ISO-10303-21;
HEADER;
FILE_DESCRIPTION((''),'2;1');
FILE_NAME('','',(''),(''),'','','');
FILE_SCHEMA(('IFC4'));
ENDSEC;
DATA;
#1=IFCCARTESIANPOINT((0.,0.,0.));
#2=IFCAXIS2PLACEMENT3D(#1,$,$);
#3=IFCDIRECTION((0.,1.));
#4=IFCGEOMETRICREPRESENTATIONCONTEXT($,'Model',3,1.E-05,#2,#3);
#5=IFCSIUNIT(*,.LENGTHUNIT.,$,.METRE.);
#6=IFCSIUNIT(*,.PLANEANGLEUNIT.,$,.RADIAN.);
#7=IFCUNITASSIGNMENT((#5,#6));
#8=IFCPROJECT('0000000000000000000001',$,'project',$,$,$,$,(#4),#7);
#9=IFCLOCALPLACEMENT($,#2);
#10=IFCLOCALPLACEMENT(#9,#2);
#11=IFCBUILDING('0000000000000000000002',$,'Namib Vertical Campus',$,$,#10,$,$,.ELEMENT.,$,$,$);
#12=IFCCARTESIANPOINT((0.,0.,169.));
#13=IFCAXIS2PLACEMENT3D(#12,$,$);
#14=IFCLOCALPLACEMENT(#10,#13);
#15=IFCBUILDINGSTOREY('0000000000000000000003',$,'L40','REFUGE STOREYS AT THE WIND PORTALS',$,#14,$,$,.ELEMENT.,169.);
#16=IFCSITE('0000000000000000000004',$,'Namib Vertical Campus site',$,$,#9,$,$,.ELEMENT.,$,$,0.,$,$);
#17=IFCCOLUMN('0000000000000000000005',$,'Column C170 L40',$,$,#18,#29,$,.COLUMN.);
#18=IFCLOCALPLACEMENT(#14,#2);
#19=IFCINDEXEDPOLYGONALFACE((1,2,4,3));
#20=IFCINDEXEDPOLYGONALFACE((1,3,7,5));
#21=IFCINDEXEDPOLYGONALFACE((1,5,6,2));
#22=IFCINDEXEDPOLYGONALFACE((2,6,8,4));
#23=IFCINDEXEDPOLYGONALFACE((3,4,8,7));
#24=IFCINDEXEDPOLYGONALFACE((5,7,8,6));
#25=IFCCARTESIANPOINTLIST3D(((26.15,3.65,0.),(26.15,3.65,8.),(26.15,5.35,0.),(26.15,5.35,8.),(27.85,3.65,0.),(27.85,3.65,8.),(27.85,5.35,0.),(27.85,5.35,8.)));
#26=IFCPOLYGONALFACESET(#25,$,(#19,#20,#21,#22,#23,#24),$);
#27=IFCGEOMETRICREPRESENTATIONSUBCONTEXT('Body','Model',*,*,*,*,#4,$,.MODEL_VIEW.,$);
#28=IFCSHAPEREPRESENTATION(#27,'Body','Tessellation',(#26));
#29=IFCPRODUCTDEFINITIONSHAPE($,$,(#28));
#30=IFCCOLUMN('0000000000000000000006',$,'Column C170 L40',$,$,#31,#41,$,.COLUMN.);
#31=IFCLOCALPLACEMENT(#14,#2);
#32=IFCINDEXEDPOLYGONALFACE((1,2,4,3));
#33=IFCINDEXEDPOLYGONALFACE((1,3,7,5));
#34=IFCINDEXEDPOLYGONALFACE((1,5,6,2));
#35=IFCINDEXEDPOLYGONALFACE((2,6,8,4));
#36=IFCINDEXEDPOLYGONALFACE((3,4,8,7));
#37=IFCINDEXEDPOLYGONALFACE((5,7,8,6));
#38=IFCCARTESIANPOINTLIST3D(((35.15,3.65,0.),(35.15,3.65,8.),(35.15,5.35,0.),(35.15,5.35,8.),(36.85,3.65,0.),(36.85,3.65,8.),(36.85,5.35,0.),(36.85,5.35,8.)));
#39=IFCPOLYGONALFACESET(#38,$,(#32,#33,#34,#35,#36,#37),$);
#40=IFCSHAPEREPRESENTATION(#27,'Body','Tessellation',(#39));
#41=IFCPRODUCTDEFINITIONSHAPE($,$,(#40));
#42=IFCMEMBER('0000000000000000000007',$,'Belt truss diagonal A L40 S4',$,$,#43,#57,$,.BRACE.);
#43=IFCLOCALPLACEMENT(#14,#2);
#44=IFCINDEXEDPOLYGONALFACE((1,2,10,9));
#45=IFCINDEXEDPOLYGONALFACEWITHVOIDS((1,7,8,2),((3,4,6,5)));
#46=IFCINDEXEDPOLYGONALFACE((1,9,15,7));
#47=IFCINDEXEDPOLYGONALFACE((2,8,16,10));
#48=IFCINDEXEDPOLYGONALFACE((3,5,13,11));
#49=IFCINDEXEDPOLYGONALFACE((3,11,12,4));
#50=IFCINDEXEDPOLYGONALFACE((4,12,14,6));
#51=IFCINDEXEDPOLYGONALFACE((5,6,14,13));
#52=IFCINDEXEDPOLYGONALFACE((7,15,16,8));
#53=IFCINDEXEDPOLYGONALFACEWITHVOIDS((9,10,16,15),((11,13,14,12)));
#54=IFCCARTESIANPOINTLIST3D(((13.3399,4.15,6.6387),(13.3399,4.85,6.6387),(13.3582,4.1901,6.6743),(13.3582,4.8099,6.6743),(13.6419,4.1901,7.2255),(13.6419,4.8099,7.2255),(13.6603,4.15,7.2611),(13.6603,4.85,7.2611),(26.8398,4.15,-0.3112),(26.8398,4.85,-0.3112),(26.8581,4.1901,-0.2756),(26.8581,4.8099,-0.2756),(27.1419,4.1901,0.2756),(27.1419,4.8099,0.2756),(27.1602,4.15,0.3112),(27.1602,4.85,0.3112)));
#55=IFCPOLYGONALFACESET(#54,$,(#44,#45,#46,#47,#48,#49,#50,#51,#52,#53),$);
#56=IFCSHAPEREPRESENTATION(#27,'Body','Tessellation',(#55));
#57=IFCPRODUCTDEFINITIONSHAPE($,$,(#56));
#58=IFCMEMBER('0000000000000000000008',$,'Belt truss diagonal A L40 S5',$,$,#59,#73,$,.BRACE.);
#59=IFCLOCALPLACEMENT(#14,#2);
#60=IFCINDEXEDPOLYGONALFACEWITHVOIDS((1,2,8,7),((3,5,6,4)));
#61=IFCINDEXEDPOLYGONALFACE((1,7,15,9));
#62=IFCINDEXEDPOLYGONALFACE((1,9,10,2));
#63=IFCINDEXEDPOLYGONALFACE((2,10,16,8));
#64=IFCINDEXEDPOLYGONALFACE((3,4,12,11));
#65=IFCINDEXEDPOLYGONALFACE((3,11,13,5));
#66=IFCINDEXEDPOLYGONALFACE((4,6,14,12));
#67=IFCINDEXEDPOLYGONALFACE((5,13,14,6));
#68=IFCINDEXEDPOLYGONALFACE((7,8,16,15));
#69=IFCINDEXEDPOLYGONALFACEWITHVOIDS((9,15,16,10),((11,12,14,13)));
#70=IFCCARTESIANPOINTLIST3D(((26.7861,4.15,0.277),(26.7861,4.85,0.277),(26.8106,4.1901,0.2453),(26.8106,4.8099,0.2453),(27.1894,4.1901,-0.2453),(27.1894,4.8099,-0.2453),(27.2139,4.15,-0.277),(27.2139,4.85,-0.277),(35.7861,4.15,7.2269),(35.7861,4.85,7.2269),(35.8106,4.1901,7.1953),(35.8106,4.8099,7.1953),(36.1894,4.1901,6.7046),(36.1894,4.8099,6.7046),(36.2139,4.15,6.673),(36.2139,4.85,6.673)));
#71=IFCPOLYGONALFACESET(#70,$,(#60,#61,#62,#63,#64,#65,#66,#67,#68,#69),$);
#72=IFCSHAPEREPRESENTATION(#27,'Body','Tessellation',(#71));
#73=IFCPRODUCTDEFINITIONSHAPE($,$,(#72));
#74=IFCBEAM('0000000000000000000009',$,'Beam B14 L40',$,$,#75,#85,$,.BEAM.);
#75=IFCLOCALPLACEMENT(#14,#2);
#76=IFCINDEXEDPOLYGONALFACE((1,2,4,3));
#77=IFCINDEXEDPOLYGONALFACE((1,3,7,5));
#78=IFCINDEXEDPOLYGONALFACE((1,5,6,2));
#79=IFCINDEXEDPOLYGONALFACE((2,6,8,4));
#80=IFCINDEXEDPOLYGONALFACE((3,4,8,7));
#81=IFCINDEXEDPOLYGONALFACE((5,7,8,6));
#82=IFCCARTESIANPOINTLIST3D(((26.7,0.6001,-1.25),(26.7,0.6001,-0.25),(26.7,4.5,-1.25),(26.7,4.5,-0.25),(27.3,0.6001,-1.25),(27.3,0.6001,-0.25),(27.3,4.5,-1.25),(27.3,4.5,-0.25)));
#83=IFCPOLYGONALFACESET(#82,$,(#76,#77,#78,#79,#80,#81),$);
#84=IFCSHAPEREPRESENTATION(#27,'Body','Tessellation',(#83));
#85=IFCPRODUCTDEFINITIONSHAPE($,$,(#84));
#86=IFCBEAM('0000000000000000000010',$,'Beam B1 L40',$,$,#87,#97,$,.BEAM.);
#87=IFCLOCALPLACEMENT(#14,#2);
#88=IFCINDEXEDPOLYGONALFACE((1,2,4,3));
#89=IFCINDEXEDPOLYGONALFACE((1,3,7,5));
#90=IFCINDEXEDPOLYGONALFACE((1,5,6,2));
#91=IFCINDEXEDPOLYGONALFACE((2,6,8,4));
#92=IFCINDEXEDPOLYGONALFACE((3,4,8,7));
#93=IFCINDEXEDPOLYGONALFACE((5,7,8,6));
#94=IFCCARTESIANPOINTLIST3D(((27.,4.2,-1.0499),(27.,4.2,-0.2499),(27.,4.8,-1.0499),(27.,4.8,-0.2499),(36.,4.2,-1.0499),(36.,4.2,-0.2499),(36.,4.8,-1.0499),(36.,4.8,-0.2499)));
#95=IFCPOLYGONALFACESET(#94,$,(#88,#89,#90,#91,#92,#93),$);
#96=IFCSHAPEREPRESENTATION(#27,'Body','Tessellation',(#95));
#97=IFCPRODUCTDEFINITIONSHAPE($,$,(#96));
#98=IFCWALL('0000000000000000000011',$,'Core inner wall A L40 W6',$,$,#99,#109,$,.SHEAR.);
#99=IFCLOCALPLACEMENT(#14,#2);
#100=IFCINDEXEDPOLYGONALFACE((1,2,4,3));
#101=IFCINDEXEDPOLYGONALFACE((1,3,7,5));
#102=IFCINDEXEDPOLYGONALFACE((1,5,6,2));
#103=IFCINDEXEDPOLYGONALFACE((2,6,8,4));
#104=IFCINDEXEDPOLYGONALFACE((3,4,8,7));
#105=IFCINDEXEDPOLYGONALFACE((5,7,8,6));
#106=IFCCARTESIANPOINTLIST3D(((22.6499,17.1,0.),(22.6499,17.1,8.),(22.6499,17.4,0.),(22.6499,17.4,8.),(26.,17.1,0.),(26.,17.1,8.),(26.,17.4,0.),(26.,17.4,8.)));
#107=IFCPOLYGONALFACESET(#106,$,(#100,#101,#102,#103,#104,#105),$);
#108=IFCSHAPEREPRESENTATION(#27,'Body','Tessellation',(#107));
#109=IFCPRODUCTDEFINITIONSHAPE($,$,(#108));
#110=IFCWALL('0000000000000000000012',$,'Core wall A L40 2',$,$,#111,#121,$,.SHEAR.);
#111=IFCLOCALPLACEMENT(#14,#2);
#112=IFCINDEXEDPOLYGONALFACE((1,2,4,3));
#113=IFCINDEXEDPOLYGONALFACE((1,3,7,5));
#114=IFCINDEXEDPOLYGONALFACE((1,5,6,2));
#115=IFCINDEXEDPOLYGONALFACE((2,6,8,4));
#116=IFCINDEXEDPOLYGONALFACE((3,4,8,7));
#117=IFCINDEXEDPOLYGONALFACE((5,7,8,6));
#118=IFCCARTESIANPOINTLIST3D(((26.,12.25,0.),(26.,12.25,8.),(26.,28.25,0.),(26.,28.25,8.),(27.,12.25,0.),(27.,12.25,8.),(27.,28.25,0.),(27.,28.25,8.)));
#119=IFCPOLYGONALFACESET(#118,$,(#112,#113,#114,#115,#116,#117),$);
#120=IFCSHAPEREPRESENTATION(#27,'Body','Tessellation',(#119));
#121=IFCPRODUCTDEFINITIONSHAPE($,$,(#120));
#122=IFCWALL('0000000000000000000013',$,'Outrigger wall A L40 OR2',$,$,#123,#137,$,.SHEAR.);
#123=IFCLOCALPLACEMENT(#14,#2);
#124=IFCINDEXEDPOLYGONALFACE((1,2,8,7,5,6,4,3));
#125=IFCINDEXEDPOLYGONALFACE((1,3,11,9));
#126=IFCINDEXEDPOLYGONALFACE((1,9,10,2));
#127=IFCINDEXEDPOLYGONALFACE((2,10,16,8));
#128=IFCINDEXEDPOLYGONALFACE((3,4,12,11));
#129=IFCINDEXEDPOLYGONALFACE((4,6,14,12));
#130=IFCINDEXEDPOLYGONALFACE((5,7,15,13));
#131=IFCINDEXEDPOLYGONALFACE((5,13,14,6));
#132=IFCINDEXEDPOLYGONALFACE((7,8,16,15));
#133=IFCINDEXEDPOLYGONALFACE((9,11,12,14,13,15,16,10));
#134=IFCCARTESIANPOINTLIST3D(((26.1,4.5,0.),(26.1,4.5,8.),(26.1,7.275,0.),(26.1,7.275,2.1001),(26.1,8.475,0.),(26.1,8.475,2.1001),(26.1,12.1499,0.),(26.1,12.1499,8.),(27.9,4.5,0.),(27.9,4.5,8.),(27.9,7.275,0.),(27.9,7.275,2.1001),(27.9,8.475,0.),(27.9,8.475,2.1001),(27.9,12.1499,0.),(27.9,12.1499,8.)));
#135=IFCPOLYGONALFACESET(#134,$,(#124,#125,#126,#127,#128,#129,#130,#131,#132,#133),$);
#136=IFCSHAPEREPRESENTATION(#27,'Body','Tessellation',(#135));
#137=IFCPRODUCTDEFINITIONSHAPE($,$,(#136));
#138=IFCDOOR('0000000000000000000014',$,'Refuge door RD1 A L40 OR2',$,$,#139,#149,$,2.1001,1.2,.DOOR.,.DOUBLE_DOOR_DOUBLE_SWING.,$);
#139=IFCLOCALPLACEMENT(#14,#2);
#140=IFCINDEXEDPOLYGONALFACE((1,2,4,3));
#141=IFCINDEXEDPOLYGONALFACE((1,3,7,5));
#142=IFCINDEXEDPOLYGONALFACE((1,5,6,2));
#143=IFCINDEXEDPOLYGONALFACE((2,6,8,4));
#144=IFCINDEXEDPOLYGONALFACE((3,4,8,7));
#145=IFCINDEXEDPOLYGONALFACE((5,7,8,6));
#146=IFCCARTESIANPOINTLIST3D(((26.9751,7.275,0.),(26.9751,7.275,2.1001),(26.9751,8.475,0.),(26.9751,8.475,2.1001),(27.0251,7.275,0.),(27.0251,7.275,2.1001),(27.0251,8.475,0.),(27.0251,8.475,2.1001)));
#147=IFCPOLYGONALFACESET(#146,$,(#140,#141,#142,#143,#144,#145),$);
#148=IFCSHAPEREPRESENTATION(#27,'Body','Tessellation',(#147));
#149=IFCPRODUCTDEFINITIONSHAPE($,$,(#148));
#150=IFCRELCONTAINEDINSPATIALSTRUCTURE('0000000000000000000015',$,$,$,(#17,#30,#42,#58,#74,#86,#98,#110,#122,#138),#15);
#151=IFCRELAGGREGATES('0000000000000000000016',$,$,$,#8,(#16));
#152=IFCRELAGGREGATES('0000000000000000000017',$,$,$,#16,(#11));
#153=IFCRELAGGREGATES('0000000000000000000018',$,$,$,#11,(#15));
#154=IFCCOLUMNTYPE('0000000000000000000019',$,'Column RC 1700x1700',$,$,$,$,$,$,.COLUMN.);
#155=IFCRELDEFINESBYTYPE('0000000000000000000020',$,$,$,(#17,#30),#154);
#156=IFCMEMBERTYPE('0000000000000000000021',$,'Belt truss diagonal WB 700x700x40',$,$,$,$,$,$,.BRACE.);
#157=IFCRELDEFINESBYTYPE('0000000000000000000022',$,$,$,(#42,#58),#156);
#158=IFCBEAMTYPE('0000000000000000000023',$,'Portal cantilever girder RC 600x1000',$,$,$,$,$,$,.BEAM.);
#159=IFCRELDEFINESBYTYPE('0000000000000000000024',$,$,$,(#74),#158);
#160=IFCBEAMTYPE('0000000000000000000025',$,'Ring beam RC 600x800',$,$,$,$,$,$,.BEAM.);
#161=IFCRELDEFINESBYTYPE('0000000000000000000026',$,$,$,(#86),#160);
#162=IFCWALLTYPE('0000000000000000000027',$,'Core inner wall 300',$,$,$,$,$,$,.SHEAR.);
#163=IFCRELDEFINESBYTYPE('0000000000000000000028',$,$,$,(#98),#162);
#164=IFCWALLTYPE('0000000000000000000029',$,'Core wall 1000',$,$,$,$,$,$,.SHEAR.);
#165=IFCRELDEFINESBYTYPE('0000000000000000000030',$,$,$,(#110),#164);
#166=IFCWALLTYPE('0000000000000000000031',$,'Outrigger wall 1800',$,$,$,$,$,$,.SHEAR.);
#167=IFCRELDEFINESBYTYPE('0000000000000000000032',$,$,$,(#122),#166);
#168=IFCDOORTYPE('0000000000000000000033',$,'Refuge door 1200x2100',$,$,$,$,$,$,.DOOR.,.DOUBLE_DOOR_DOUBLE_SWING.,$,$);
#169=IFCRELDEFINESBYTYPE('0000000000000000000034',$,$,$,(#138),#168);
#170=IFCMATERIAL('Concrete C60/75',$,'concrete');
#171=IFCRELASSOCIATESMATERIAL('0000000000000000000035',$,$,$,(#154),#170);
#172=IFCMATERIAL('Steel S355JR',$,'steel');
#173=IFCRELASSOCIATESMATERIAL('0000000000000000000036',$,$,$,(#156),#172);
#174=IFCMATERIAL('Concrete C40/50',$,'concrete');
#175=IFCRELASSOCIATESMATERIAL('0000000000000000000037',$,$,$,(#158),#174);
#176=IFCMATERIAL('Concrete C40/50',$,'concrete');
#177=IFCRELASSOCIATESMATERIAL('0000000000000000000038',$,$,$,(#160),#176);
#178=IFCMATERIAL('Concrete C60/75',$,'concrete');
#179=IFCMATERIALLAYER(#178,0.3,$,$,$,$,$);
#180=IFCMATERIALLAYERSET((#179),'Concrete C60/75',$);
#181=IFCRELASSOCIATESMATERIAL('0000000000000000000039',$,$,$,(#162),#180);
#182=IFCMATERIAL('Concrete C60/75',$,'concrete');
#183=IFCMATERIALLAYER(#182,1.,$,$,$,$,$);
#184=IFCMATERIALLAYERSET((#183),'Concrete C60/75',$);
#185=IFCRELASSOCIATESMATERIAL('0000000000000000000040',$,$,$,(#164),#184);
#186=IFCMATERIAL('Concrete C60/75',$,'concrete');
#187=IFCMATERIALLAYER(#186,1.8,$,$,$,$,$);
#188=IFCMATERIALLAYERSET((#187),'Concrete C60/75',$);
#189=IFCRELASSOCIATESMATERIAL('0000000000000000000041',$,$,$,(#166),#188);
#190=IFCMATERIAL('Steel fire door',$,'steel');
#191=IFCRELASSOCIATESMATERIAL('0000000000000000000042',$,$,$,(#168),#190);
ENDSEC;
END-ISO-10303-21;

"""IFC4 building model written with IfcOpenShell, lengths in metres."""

from ifc_helpers import new_model, si_unit, direction, frame, frame_2d, origin, origin_2d, place, context, subcontext, project, spatial, rectangle, hollow_rectangle, extrude, material, layer, layer_set, material_profile, profile_set, type_object, element, fill, save


model = new_model("IFC4")

# Units and contexts
model_context = context("Model", 3, precision=1e-05, world=origin(), true_north=direction((0.0, 1.0)))
body_context = subcontext(model_context, "Body", "Model", "MODEL_VIEW")
ifc_project = project(units=[si_unit("LENGTHUNIT", "METRE"), si_unit("PLANEANGLEUNIT", "RADIAN")], contexts=[model_context])

# Site, building, storey
site_placement = place(None, origin())
site = spatial("IfcSite", under=ifc_project, at=site_placement, Name="Namib Vertical Campus site", CompositionType="ELEMENT", RefElevation=0.0)
building_placement = place(site_placement, origin())
building = spatial("IfcBuilding", under=site, at=building_placement, Name="Namib Vertical Campus", CompositionType="ELEMENT")
storey_placement = place(building_placement, frame((0.0, 0.0, 169.0)))
storey = spatial("IfcBuildingStorey", under=building, at=storey_placement, Name="L40", Description="REFUGE STOREYS AT THE WIND PORTALS", CompositionType="ELEMENT", Elevation=169.0)

# Columns
ifc_material_1 = material(Name="Concrete C60/75", Category="concrete")
ifc_material_profile_1 = material_profile(ifc_material_1, rectangle(XDim=1.7, YDim=1.7, at=origin_2d()))
ifc_profile_set_1 = profile_set([ifc_material_profile_1], Name="Concrete C60/75")
column_type = type_object("IfcColumnType", Name="Column RC 1700x1700", PredefinedType="COLUMN", material=ifc_profile_set_1)
for number, where, z_axis, x_axis, name in (
    (1, (27.0, 4.5, 0.0), (0.0, 0.0, 1.0), (1.0, 0.0, 0.0), "Column C170 L40"),
    (2, (36.0, 4.5, 0.0), (0.0, 0.0, 1.0), (1.0, 0.0, 0.0), "Column C170 L40"),
):
    element("IfcColumn", number, at=place(storey_placement, frame(where, z_axis=z_axis, x_axis=x_axis)), inside=storey, type_object=column_type, Name=name, PredefinedType="COLUMN", context=body_context, shape_type="SweptSolid", body=[
        extrude(rectangle(XDim=1.7, YDim=1.7, at=origin_2d()), origin(), (0.0, 0.0, 1.0), 8.0),
    ])

# Members
ifc_material_2 = material(Name="Steel S355JR", Category="steel")
ifc_material_profile_2 = material_profile(ifc_material_2, hollow_rectangle(XDim=0.7, YDim=0.7, WallThickness=0.04, at=origin_2d()))
ifc_profile_set_2 = profile_set([ifc_material_profile_2], Name="Steel S355JR")
member_type = type_object("IfcMemberType", Name="Belt truss diagonal WB 700x700x40", PredefinedType="BRACE", material=ifc_profile_set_2)
member_1_placement = place(storey_placement, frame((27.0, 4.5, 0.0), z_axis=(-0.889098, 0.0, 0.457717), x_axis=(0.0, -1.0, 0.0)))
element("IfcMember", 3, at=member_1_placement, inside=storey, type_object=member_type, Name="Belt truss diagonal A L40 S4", PredefinedType="BRACE", context=body_context, shape_type="SweptSolid", body=[
    extrude(hollow_rectangle(XDim=0.7, YDim=0.7, WallThickness=0.04, at=origin_2d()), origin(), (0.0, 0.0, 1.0), 15.1838),
])
member_2_placement = place(storey_placement, frame((27.0, 4.5, 0.0), z_axis=(0.79148, 0.0, 0.611194), x_axis=(0.0, 1.0, 0.0)))
element("IfcMember", 4, at=member_2_placement, inside=storey, type_object=member_type, Name="Belt truss diagonal A L40 S5", PredefinedType="BRACE", context=body_context, shape_type="SweptSolid", body=[
    extrude(hollow_rectangle(XDim=0.7, YDim=0.7, WallThickness=0.04, at=origin_2d()), origin(), (0.0, 0.0, 1.0), 11.3711),
])

# Beams
ifc_material_3 = material(Name="Concrete C40/50", Category="concrete")
ifc_material_profile_3 = material_profile(ifc_material_3, rectangle(XDim=0.6001, YDim=1.0, at=origin_2d()))
ifc_profile_set_3 = profile_set([ifc_material_profile_3], Name="Concrete C40/50")
beam_type_1 = type_object("IfcBeamType", Name="Portal cantilever girder RC 600x1000", PredefinedType="BEAM", material=ifc_profile_set_3)
beam_1_placement = place(storey_placement, frame((27.0, 4.5, -0.75), z_axis=(0.0, -1.0, 0.0), x_axis=(1.0, 0.0, 0.0)))
element("IfcBeam", 5, at=beam_1_placement, inside=storey, type_object=beam_type_1, Name="Beam B14 L40", PredefinedType="BEAM", context=body_context, shape_type="SweptSolid", body=[
    extrude(rectangle(XDim=0.6001, YDim=1.0, at=origin_2d()), origin(), (0.0, 0.0, 1.0), 3.8999),
])
ifc_material_4 = material(Name="Concrete C40/50", Category="concrete")
ifc_material_profile_4 = material_profile(ifc_material_4, rectangle(XDim=0.6001, YDim=0.8, at=origin_2d()))
ifc_profile_set_4 = profile_set([ifc_material_profile_4], Name="Concrete C40/50")
beam_type_2 = type_object("IfcBeamType", Name="Ring beam RC 600x800", PredefinedType="BEAM", material=ifc_profile_set_4)
beam_2_placement = place(storey_placement, frame((27.0, 4.5, -0.6499), z_axis=(1.0, 0.0, 0.0), x_axis=(0.0, 1.0, 0.0)))
element("IfcBeam", 6, at=beam_2_placement, inside=storey, type_object=beam_type_2, Name="Beam B1 L40", PredefinedType="BEAM", context=body_context, shape_type="SweptSolid", body=[
    extrude(rectangle(XDim=0.6001, YDim=0.8, at=origin_2d()), origin(), (0.0, 0.0, 1.0), 9.0),
])

# Walls
ifc_material_5 = material(Name="Concrete C60/75", Category="concrete")
ifc_layer_1 = layer(ifc_material_5, 0.3)
ifc_layer_set_1 = layer_set([ifc_layer_1], Name="Concrete C60/75")
wall_type_1 = type_object("IfcWallType", Name="Core inner wall 300", PredefinedType="SHEAR", material=ifc_layer_set_1)
wall_1_placement = place(storey_placement, frame((22.6499, 17.25, 0.0), z_axis=(0.0, 0.0, 1.0), x_axis=(1.0, 0.0, 0.0)))
element("IfcWall", 7, at=wall_1_placement, inside=storey, type_object=wall_type_1, Name="Core inner wall A L40 W6", PredefinedType="SHEAR", context=body_context, shape_type="SweptSolid", body=[
    extrude(rectangle(XDim=3.3501, YDim=0.3, at=frame_2d((1.675, 0.0))), origin(), (0.0, 0.0, 1.0), 8.0),
])
ifc_material_6 = material(Name="Concrete C60/75", Category="concrete")
ifc_layer_2 = layer(ifc_material_6, 1.0)
ifc_layer_set_2 = layer_set([ifc_layer_2], Name="Concrete C60/75")
wall_type_2 = type_object("IfcWallType", Name="Core wall 1000", PredefinedType="SHEAR", material=ifc_layer_set_2)
wall_2_placement = place(storey_placement, frame((26.5, 12.25, 0.0), z_axis=(0.0, 0.0, 1.0), x_axis=(0.0, 1.0, 0.0)))
element("IfcWall", 8, at=wall_2_placement, inside=storey, type_object=wall_type_2, Name="Core wall A L40 2", PredefinedType="SHEAR", context=body_context, shape_type="SweptSolid", body=[
    extrude(rectangle(XDim=16.0, YDim=1.0, at=frame_2d((8.0, 0.0))), origin(), (0.0, 0.0, 1.0), 8.0),
])

# Wall, opening, door
ifc_material_7 = material(Name="Concrete C60/75", Category="concrete")
ifc_layer_3 = layer(ifc_material_7, 1.8)
ifc_layer_set_3 = layer_set([ifc_layer_3], Name="Concrete C60/75")
wall_type_3 = type_object("IfcWallType", Name="Outrigger wall 1800", PredefinedType="SHEAR", material=ifc_layer_set_3)
wall_3_placement = place(storey_placement, frame((27.0, 4.5, 0.0), z_axis=(0.0, 0.0, 1.0), x_axis=(0.0, 1.0, 0.0)))
wall_3 = element("IfcWall", 9, at=wall_3_placement, inside=storey, type_object=wall_type_3, Name="Outrigger wall A L40 OR2", PredefinedType="SHEAR", context=body_context, shape_type="SweptSolid", body=[
    extrude(rectangle(XDim=7.6499, YDim=1.8, at=frame_2d((3.825, 0.0))), origin(), (0.0, 0.0, 1.0), 8.0),
])
opening_1_placement = place(wall_3_placement, frame((2.7749, 0.0, 0.0)))
opening_1 = element("IfcOpeningElement", 10, at=opening_1_placement, cuts=wall_3, PredefinedType="OPENING", context=body_context, shape_type="SweptSolid", body=[
    extrude(rectangle(XDim=1.2, YDim=2.1001, at=frame_2d((0.6001, 1.05))), frame((0.0, 0.9099, 0.0), z_axis=(0.0, -1.0, 0.0), x_axis=(1.0, 0.0, 0.0)), (0.0, 0.0, 1.0), 1.8201),
])
ifc_material_8 = material(Name="Steel fire door", Category="steel")
door_type = type_object("IfcDoorType", Name="Refuge door 1200x2100", OperationType="DOUBLE_DOOR_DOUBLE_SWING", PredefinedType="DOOR", material=ifc_material_8)
door_1_placement = place(opening_1_placement, origin())
door_1 = element("IfcDoor", 11, at=door_1_placement, inside=storey, type_object=door_type, Name="Refuge door RD1 A L40 OR2", OperationType="DOUBLE_DOOR_DOUBLE_SWING", OverallHeight=2.1001, OverallWidth=1.2, PredefinedType="DOOR", context=body_context, shape_type="SweptSolid", body=[
    extrude(rectangle(XDim=1.2, YDim=2.1001, at=frame_2d((0.6001, 1.05))), frame((0.0, 0.0249, 0.0), z_axis=(0.0, -1.0, 0.0), x_axis=(1.0, 0.0, 0.0)), (0.0, 0.0, 1.0), 0.05),
])
fill(opening_1, door_1)

save(model, "model.ifc")
